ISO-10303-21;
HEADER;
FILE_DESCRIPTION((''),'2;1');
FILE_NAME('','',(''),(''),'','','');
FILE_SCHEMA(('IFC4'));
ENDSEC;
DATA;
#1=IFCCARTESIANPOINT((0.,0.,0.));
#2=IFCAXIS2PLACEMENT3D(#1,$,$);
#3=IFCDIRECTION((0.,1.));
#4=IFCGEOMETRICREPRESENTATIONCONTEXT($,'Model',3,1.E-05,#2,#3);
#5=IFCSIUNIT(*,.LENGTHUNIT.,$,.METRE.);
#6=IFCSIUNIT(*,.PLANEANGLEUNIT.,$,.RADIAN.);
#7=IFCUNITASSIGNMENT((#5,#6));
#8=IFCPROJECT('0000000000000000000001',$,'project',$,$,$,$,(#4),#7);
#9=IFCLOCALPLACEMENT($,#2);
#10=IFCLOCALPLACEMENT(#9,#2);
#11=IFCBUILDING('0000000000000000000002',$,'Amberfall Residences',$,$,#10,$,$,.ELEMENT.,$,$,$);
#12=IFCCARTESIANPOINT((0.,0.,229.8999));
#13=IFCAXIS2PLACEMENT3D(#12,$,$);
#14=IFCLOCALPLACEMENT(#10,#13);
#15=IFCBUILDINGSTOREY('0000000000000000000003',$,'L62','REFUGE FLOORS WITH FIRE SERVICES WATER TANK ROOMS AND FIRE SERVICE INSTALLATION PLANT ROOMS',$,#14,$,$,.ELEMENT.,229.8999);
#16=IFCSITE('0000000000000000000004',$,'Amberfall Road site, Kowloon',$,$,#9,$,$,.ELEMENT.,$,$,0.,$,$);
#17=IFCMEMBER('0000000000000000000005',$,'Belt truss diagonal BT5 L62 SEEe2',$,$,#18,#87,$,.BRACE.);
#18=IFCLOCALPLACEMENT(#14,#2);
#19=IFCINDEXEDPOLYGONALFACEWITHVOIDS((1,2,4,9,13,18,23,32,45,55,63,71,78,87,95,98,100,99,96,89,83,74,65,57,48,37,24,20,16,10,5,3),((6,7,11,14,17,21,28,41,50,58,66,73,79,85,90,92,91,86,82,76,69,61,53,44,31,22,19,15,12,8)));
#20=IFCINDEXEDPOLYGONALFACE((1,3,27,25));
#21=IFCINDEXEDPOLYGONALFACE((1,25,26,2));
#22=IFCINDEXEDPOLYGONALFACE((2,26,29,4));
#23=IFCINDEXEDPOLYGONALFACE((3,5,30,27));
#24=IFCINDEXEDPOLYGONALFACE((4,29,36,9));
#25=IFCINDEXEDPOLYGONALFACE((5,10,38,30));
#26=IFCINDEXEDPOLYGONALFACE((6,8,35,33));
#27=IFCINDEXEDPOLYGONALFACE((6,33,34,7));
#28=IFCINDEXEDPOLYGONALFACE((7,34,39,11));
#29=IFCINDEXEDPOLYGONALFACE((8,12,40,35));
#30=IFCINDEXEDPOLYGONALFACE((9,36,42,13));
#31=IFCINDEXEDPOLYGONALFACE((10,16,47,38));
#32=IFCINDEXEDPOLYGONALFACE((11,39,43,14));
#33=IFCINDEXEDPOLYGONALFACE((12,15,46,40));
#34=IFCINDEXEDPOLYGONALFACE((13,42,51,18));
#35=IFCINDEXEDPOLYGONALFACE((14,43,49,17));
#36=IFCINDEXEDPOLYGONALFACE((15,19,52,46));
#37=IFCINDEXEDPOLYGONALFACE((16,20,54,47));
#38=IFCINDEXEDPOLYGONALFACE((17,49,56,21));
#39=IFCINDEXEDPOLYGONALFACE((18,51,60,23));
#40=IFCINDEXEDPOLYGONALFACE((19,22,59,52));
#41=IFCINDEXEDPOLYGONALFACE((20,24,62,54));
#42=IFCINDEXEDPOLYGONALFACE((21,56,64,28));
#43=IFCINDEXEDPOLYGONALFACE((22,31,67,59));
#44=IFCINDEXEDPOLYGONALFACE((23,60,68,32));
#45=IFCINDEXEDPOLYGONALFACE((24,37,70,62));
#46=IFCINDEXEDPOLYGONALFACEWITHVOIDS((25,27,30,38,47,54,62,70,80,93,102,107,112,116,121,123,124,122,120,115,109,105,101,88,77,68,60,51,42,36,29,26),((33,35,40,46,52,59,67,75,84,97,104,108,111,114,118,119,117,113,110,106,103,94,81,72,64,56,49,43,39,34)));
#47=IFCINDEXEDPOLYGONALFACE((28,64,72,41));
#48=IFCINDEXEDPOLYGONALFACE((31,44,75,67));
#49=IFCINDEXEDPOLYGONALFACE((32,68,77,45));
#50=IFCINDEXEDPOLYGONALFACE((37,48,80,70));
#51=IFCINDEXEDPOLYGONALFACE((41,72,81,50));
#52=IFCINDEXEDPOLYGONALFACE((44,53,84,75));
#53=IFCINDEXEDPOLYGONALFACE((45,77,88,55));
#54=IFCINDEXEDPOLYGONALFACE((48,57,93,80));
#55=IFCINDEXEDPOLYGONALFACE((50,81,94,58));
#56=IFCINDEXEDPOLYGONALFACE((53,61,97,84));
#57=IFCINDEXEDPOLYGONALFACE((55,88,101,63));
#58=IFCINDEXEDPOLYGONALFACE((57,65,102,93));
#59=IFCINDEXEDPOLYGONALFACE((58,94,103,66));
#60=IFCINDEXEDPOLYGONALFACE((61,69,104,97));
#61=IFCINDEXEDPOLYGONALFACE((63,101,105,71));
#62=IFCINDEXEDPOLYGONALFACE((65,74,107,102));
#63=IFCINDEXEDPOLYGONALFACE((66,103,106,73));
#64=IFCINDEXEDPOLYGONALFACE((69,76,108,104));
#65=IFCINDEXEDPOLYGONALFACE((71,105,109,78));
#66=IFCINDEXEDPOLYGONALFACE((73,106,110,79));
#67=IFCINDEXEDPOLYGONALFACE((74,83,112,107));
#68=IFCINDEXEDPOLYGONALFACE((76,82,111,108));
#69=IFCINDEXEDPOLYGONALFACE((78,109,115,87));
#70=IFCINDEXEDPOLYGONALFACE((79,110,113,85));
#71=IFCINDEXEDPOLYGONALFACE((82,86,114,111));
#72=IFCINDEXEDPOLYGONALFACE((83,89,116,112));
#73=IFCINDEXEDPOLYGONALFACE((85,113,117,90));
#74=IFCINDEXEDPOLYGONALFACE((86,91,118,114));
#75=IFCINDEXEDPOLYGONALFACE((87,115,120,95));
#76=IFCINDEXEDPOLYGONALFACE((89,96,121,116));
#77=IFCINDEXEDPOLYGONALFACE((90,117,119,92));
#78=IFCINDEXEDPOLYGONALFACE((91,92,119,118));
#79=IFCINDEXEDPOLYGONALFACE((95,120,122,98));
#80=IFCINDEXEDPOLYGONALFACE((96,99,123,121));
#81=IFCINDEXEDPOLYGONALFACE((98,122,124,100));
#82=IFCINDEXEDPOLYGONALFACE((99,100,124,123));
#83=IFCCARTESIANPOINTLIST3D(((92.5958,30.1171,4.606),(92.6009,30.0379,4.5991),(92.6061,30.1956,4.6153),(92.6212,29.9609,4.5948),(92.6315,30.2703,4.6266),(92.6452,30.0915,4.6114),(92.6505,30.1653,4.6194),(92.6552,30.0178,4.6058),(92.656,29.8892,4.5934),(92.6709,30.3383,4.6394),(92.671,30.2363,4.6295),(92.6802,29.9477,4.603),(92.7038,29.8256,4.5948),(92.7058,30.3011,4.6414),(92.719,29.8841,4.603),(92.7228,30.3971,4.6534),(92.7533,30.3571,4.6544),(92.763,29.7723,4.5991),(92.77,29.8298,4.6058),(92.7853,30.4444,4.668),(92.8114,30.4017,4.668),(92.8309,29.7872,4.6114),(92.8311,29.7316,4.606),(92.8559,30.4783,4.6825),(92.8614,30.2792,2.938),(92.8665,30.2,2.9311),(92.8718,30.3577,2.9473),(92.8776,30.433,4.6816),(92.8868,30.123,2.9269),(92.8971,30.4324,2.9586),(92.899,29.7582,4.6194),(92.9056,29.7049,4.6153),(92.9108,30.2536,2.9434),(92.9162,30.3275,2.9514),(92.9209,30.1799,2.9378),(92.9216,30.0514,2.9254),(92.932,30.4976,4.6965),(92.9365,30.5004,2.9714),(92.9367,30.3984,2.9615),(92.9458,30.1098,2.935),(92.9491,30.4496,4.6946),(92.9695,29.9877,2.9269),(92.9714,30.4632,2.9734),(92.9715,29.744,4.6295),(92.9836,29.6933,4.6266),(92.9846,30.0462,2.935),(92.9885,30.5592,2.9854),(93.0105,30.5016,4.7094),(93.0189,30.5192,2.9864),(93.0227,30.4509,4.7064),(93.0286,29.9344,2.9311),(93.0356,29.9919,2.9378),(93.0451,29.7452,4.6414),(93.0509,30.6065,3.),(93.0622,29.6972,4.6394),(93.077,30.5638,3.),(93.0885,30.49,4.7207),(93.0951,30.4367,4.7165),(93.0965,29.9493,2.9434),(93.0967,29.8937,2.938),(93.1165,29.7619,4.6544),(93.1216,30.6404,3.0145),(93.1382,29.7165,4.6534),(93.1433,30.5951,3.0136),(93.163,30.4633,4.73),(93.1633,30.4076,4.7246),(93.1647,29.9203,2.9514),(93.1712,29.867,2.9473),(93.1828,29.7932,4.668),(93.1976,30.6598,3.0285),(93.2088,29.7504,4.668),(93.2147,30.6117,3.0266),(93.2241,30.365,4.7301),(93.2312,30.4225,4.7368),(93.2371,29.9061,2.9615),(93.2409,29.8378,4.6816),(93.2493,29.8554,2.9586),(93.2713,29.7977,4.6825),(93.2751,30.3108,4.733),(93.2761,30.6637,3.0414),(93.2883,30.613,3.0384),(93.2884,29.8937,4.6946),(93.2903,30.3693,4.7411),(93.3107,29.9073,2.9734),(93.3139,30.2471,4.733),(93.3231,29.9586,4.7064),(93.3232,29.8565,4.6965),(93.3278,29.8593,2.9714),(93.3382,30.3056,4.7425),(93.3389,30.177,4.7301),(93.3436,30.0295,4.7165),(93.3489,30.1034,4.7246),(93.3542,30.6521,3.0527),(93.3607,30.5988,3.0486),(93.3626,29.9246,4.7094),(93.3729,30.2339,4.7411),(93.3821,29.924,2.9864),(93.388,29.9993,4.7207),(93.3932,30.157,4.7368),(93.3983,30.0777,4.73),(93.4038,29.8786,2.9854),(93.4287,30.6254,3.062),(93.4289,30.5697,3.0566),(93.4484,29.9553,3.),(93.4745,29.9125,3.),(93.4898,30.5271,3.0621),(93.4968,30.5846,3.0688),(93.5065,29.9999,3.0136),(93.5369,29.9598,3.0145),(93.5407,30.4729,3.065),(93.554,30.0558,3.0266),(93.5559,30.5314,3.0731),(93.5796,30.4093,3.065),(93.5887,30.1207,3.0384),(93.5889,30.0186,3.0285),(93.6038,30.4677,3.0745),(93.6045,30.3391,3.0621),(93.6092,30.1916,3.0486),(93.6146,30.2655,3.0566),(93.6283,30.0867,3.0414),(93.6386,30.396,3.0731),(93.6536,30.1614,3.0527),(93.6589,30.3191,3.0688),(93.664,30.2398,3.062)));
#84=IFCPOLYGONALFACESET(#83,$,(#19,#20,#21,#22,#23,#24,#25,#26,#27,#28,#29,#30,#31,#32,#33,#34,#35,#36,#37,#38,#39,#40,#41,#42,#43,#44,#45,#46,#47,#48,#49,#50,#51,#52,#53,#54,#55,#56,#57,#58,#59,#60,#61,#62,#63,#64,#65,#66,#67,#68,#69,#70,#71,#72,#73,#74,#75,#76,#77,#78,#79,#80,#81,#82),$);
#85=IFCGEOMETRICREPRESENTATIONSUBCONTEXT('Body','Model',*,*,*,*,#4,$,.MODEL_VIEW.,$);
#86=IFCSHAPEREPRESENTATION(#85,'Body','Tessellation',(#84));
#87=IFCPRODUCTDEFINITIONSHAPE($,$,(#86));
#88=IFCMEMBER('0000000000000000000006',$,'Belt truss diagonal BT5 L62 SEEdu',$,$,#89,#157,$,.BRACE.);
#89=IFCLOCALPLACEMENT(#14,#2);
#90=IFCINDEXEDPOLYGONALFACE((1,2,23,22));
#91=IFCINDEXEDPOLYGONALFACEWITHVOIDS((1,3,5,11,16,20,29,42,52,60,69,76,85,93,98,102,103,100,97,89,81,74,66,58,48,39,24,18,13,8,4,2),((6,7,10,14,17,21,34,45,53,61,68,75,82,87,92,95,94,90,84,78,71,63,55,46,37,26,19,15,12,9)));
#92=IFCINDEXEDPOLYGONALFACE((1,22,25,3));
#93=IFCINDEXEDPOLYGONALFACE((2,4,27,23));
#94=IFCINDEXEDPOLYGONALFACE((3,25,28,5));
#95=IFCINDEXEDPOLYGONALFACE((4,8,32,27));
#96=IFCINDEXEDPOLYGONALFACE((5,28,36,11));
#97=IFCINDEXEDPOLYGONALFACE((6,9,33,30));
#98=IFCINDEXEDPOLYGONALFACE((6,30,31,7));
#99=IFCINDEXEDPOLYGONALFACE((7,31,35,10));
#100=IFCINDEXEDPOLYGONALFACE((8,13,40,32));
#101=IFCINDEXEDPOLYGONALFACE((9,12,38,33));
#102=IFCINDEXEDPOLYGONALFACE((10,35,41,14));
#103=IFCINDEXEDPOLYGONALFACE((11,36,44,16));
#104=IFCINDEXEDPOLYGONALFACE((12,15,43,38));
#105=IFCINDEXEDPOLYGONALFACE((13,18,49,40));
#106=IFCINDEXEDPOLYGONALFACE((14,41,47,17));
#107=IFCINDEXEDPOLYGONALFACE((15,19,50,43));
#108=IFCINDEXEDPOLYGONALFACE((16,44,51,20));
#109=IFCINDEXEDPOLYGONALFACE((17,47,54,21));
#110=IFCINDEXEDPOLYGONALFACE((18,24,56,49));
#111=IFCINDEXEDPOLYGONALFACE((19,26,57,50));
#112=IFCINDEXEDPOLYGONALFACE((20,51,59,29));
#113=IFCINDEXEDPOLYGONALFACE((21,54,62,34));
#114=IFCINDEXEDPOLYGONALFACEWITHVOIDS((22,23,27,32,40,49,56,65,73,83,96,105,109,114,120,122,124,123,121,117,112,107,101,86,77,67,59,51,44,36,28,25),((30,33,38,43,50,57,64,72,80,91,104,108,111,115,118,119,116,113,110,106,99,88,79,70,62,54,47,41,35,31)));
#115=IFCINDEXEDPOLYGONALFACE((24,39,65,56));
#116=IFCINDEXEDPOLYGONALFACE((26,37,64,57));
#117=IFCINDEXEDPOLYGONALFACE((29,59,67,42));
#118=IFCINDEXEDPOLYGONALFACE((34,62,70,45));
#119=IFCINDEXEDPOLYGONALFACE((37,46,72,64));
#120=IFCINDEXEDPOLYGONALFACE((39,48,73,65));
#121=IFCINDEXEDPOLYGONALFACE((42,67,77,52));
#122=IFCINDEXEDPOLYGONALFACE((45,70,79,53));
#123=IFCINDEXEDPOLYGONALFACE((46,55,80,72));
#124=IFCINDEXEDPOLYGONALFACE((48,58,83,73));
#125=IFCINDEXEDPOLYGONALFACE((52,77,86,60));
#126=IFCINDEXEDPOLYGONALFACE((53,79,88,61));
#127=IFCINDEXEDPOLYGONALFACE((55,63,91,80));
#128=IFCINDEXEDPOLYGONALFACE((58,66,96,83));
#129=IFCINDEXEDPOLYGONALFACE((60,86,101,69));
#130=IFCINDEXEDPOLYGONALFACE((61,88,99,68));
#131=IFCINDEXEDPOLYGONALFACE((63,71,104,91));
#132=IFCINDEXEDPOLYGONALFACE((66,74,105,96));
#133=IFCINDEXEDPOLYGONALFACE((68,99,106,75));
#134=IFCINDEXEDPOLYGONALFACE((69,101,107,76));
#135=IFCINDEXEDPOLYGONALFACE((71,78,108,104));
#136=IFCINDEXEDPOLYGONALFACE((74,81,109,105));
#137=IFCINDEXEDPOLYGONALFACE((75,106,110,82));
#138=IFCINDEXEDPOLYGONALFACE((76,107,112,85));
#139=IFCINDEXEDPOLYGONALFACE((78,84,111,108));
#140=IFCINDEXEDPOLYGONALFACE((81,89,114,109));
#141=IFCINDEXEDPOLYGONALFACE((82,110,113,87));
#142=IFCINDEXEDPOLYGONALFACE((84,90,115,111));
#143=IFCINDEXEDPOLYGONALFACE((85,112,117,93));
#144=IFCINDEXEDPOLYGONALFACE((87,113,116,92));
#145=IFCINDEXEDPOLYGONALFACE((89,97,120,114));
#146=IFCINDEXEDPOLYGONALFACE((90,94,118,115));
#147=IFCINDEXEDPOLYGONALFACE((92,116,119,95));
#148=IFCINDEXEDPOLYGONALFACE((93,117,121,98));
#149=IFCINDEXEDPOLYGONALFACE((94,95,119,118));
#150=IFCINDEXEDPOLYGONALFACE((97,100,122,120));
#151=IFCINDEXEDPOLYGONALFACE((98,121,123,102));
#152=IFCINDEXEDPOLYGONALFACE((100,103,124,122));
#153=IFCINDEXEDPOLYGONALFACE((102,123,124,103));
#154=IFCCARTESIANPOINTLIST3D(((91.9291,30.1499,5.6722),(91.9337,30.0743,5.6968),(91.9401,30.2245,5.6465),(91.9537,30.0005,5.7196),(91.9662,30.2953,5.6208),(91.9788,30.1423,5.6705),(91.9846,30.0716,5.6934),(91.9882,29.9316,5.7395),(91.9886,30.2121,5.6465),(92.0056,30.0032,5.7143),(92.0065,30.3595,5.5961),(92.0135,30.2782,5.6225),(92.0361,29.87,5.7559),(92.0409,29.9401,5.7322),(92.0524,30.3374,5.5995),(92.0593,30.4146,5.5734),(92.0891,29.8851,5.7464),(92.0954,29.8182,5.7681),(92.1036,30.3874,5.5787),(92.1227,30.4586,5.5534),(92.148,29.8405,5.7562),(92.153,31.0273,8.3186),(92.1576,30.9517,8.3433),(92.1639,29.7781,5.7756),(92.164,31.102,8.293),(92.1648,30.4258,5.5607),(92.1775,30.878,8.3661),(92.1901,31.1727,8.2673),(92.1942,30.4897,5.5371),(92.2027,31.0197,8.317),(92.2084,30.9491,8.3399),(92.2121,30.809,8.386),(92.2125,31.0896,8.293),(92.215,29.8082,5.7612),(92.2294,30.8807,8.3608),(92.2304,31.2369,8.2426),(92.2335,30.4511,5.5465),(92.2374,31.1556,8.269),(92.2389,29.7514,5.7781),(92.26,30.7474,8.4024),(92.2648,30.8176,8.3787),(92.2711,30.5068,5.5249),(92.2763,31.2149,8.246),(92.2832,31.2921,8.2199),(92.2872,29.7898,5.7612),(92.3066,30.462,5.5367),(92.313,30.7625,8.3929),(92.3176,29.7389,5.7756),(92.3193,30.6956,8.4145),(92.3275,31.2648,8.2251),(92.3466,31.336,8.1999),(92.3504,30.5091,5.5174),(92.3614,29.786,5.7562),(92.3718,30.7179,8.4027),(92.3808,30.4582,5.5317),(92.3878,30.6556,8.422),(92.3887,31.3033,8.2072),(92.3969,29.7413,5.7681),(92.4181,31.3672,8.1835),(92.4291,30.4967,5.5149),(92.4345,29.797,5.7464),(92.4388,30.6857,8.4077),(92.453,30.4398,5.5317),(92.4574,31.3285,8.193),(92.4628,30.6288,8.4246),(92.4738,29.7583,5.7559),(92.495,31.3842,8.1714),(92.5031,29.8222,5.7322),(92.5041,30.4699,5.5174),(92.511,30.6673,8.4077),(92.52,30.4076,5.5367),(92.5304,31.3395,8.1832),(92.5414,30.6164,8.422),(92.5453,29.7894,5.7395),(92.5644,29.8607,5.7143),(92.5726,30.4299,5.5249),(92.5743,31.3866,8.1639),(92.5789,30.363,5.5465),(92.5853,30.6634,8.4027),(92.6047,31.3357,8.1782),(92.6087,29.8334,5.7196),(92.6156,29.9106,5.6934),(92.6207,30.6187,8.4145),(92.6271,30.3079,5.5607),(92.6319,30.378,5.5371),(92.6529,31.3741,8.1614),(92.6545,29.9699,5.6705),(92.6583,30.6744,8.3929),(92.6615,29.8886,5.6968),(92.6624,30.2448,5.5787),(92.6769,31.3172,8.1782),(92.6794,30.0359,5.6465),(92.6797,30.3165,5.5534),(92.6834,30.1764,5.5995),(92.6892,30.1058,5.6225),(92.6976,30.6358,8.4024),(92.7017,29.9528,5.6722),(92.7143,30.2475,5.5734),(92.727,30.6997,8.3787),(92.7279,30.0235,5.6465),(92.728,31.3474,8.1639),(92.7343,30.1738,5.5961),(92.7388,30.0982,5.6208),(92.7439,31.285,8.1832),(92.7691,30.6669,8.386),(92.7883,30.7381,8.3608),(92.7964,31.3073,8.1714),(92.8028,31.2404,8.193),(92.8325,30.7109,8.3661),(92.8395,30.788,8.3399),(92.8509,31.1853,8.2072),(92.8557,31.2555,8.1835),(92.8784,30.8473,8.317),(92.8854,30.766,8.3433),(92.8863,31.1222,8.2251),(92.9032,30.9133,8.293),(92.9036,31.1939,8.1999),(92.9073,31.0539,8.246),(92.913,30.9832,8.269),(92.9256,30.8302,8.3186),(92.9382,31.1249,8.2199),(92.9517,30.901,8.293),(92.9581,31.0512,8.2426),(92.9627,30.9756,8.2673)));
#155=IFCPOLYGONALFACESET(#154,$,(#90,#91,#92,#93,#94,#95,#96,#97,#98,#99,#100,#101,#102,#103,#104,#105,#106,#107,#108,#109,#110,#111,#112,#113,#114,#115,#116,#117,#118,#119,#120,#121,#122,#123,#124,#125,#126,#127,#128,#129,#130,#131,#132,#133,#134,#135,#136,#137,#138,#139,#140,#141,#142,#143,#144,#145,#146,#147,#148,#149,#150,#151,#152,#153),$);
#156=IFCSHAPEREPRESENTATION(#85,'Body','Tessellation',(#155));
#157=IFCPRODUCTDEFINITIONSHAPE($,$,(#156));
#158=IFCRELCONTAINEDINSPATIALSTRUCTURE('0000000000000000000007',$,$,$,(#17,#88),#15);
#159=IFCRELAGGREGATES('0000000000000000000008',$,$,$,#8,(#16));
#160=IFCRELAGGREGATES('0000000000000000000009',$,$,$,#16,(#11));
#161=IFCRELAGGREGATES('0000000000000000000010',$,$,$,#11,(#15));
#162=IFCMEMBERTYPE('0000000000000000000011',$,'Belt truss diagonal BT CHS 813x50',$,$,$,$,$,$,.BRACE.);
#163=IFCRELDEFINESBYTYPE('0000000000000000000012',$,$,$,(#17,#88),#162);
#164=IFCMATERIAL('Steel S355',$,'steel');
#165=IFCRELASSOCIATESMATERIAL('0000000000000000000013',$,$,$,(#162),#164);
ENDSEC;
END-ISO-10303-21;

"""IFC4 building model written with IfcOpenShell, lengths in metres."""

from ifc_helpers import new_model, si_unit, direction, frame, origin, origin_2d, place, context, subcontext, project, spatial, hollow_circle, extrude, material, material_profile, profile_set, type_object, element, save


model = new_model("IFC4")

# Units and contexts
model_context = context("Model", 3, precision=1e-05, world=origin(), true_north=direction((0.0, 1.0)))
body_context = subcontext(model_context, "Body", "Model", "MODEL_VIEW")
ifc_project = project(units=[si_unit("LENGTHUNIT", "METRE"), si_unit("PLANEANGLEUNIT", "RADIAN")], contexts=[model_context])

# Site, building, storey
site_placement = place(None, origin())
site = spatial("IfcSite", under=ifc_project, at=site_placement, Name="Amberfall Road site, Kowloon", CompositionType="ELEMENT", RefElevation=0.0)
building_placement = place(site_placement, origin())
building = spatial("IfcBuilding", under=site, at=building_placement, Name="Amberfall Residences", CompositionType="ELEMENT")
storey_placement = place(building_placement, frame((0.0, 0.0, 229.8999)))
storey = spatial("IfcBuildingStorey", under=building, at=storey_placement, Name="L62", Description="REFUGE FLOORS WITH FIRE SERVICES WATER TANK ROOMS AND FIRE SERVICE INSTALLATION PLANT ROOMS", CompositionType="ELEMENT", Elevation=229.8999)

# Shared definitions
ifc_material = material(Name="Steel S355", Category="steel")

# Members
ifc_material_profile_1 = material_profile(ifc_material, hollow_circle(Radius=0.4065, WallThickness=0.05, at=origin_2d()), Name="CHS 813x50")
ifc_profile_set_1 = profile_set([ifc_material_profile_1], Name="Steel S355")
member_type_1 = type_object("IfcMemberType", Name="Belt truss diagonal BT CHS 813x50", PredefinedType="BRACE", material=ifc_profile_set_1)
member_1_placement = place(storey_placement, frame((92.9971, 30.0974, 4.668), z_axis=(0.156549, 0.095541, -0.983038), x_axis=(-0.520942, 0.853592, 0.0)))
element("IfcMember", 1, at=member_1_placement, inside=storey, type_object=member_type_1, Name="Belt truss diagonal BT5 L62 SEEe2", PredefinedType="BRACE", context=body_context, shape_type="SweptSolid", body=[
    extrude(hollow_circle(Radius=0.4065, WallThickness=0.05, at=origin_2d()), origin(), (0.0, 0.0, 1.0), 1.6968),
])
member_2_placement = place(storey_placement, frame((92.334, 30.124, 5.6465), z_axis=(0.080038, 0.313694, 0.946145), x_axis=(-0.968958, 0.247227, 0.0)))
element("IfcMember", 2, at=member_2_placement, inside=storey, type_object=member_type_1, Name="Belt truss diagonal BT5 L62 SEEdu", PredefinedType="BRACE", context=body_context, shape_type="SweptSolid", body=[
    extrude(hollow_circle(Radius=0.4065, WallThickness=0.05, at=origin_2d()), origin(), (0.0, 0.0, 1.0), 2.7971),
])

save(model, "model.ifc")
